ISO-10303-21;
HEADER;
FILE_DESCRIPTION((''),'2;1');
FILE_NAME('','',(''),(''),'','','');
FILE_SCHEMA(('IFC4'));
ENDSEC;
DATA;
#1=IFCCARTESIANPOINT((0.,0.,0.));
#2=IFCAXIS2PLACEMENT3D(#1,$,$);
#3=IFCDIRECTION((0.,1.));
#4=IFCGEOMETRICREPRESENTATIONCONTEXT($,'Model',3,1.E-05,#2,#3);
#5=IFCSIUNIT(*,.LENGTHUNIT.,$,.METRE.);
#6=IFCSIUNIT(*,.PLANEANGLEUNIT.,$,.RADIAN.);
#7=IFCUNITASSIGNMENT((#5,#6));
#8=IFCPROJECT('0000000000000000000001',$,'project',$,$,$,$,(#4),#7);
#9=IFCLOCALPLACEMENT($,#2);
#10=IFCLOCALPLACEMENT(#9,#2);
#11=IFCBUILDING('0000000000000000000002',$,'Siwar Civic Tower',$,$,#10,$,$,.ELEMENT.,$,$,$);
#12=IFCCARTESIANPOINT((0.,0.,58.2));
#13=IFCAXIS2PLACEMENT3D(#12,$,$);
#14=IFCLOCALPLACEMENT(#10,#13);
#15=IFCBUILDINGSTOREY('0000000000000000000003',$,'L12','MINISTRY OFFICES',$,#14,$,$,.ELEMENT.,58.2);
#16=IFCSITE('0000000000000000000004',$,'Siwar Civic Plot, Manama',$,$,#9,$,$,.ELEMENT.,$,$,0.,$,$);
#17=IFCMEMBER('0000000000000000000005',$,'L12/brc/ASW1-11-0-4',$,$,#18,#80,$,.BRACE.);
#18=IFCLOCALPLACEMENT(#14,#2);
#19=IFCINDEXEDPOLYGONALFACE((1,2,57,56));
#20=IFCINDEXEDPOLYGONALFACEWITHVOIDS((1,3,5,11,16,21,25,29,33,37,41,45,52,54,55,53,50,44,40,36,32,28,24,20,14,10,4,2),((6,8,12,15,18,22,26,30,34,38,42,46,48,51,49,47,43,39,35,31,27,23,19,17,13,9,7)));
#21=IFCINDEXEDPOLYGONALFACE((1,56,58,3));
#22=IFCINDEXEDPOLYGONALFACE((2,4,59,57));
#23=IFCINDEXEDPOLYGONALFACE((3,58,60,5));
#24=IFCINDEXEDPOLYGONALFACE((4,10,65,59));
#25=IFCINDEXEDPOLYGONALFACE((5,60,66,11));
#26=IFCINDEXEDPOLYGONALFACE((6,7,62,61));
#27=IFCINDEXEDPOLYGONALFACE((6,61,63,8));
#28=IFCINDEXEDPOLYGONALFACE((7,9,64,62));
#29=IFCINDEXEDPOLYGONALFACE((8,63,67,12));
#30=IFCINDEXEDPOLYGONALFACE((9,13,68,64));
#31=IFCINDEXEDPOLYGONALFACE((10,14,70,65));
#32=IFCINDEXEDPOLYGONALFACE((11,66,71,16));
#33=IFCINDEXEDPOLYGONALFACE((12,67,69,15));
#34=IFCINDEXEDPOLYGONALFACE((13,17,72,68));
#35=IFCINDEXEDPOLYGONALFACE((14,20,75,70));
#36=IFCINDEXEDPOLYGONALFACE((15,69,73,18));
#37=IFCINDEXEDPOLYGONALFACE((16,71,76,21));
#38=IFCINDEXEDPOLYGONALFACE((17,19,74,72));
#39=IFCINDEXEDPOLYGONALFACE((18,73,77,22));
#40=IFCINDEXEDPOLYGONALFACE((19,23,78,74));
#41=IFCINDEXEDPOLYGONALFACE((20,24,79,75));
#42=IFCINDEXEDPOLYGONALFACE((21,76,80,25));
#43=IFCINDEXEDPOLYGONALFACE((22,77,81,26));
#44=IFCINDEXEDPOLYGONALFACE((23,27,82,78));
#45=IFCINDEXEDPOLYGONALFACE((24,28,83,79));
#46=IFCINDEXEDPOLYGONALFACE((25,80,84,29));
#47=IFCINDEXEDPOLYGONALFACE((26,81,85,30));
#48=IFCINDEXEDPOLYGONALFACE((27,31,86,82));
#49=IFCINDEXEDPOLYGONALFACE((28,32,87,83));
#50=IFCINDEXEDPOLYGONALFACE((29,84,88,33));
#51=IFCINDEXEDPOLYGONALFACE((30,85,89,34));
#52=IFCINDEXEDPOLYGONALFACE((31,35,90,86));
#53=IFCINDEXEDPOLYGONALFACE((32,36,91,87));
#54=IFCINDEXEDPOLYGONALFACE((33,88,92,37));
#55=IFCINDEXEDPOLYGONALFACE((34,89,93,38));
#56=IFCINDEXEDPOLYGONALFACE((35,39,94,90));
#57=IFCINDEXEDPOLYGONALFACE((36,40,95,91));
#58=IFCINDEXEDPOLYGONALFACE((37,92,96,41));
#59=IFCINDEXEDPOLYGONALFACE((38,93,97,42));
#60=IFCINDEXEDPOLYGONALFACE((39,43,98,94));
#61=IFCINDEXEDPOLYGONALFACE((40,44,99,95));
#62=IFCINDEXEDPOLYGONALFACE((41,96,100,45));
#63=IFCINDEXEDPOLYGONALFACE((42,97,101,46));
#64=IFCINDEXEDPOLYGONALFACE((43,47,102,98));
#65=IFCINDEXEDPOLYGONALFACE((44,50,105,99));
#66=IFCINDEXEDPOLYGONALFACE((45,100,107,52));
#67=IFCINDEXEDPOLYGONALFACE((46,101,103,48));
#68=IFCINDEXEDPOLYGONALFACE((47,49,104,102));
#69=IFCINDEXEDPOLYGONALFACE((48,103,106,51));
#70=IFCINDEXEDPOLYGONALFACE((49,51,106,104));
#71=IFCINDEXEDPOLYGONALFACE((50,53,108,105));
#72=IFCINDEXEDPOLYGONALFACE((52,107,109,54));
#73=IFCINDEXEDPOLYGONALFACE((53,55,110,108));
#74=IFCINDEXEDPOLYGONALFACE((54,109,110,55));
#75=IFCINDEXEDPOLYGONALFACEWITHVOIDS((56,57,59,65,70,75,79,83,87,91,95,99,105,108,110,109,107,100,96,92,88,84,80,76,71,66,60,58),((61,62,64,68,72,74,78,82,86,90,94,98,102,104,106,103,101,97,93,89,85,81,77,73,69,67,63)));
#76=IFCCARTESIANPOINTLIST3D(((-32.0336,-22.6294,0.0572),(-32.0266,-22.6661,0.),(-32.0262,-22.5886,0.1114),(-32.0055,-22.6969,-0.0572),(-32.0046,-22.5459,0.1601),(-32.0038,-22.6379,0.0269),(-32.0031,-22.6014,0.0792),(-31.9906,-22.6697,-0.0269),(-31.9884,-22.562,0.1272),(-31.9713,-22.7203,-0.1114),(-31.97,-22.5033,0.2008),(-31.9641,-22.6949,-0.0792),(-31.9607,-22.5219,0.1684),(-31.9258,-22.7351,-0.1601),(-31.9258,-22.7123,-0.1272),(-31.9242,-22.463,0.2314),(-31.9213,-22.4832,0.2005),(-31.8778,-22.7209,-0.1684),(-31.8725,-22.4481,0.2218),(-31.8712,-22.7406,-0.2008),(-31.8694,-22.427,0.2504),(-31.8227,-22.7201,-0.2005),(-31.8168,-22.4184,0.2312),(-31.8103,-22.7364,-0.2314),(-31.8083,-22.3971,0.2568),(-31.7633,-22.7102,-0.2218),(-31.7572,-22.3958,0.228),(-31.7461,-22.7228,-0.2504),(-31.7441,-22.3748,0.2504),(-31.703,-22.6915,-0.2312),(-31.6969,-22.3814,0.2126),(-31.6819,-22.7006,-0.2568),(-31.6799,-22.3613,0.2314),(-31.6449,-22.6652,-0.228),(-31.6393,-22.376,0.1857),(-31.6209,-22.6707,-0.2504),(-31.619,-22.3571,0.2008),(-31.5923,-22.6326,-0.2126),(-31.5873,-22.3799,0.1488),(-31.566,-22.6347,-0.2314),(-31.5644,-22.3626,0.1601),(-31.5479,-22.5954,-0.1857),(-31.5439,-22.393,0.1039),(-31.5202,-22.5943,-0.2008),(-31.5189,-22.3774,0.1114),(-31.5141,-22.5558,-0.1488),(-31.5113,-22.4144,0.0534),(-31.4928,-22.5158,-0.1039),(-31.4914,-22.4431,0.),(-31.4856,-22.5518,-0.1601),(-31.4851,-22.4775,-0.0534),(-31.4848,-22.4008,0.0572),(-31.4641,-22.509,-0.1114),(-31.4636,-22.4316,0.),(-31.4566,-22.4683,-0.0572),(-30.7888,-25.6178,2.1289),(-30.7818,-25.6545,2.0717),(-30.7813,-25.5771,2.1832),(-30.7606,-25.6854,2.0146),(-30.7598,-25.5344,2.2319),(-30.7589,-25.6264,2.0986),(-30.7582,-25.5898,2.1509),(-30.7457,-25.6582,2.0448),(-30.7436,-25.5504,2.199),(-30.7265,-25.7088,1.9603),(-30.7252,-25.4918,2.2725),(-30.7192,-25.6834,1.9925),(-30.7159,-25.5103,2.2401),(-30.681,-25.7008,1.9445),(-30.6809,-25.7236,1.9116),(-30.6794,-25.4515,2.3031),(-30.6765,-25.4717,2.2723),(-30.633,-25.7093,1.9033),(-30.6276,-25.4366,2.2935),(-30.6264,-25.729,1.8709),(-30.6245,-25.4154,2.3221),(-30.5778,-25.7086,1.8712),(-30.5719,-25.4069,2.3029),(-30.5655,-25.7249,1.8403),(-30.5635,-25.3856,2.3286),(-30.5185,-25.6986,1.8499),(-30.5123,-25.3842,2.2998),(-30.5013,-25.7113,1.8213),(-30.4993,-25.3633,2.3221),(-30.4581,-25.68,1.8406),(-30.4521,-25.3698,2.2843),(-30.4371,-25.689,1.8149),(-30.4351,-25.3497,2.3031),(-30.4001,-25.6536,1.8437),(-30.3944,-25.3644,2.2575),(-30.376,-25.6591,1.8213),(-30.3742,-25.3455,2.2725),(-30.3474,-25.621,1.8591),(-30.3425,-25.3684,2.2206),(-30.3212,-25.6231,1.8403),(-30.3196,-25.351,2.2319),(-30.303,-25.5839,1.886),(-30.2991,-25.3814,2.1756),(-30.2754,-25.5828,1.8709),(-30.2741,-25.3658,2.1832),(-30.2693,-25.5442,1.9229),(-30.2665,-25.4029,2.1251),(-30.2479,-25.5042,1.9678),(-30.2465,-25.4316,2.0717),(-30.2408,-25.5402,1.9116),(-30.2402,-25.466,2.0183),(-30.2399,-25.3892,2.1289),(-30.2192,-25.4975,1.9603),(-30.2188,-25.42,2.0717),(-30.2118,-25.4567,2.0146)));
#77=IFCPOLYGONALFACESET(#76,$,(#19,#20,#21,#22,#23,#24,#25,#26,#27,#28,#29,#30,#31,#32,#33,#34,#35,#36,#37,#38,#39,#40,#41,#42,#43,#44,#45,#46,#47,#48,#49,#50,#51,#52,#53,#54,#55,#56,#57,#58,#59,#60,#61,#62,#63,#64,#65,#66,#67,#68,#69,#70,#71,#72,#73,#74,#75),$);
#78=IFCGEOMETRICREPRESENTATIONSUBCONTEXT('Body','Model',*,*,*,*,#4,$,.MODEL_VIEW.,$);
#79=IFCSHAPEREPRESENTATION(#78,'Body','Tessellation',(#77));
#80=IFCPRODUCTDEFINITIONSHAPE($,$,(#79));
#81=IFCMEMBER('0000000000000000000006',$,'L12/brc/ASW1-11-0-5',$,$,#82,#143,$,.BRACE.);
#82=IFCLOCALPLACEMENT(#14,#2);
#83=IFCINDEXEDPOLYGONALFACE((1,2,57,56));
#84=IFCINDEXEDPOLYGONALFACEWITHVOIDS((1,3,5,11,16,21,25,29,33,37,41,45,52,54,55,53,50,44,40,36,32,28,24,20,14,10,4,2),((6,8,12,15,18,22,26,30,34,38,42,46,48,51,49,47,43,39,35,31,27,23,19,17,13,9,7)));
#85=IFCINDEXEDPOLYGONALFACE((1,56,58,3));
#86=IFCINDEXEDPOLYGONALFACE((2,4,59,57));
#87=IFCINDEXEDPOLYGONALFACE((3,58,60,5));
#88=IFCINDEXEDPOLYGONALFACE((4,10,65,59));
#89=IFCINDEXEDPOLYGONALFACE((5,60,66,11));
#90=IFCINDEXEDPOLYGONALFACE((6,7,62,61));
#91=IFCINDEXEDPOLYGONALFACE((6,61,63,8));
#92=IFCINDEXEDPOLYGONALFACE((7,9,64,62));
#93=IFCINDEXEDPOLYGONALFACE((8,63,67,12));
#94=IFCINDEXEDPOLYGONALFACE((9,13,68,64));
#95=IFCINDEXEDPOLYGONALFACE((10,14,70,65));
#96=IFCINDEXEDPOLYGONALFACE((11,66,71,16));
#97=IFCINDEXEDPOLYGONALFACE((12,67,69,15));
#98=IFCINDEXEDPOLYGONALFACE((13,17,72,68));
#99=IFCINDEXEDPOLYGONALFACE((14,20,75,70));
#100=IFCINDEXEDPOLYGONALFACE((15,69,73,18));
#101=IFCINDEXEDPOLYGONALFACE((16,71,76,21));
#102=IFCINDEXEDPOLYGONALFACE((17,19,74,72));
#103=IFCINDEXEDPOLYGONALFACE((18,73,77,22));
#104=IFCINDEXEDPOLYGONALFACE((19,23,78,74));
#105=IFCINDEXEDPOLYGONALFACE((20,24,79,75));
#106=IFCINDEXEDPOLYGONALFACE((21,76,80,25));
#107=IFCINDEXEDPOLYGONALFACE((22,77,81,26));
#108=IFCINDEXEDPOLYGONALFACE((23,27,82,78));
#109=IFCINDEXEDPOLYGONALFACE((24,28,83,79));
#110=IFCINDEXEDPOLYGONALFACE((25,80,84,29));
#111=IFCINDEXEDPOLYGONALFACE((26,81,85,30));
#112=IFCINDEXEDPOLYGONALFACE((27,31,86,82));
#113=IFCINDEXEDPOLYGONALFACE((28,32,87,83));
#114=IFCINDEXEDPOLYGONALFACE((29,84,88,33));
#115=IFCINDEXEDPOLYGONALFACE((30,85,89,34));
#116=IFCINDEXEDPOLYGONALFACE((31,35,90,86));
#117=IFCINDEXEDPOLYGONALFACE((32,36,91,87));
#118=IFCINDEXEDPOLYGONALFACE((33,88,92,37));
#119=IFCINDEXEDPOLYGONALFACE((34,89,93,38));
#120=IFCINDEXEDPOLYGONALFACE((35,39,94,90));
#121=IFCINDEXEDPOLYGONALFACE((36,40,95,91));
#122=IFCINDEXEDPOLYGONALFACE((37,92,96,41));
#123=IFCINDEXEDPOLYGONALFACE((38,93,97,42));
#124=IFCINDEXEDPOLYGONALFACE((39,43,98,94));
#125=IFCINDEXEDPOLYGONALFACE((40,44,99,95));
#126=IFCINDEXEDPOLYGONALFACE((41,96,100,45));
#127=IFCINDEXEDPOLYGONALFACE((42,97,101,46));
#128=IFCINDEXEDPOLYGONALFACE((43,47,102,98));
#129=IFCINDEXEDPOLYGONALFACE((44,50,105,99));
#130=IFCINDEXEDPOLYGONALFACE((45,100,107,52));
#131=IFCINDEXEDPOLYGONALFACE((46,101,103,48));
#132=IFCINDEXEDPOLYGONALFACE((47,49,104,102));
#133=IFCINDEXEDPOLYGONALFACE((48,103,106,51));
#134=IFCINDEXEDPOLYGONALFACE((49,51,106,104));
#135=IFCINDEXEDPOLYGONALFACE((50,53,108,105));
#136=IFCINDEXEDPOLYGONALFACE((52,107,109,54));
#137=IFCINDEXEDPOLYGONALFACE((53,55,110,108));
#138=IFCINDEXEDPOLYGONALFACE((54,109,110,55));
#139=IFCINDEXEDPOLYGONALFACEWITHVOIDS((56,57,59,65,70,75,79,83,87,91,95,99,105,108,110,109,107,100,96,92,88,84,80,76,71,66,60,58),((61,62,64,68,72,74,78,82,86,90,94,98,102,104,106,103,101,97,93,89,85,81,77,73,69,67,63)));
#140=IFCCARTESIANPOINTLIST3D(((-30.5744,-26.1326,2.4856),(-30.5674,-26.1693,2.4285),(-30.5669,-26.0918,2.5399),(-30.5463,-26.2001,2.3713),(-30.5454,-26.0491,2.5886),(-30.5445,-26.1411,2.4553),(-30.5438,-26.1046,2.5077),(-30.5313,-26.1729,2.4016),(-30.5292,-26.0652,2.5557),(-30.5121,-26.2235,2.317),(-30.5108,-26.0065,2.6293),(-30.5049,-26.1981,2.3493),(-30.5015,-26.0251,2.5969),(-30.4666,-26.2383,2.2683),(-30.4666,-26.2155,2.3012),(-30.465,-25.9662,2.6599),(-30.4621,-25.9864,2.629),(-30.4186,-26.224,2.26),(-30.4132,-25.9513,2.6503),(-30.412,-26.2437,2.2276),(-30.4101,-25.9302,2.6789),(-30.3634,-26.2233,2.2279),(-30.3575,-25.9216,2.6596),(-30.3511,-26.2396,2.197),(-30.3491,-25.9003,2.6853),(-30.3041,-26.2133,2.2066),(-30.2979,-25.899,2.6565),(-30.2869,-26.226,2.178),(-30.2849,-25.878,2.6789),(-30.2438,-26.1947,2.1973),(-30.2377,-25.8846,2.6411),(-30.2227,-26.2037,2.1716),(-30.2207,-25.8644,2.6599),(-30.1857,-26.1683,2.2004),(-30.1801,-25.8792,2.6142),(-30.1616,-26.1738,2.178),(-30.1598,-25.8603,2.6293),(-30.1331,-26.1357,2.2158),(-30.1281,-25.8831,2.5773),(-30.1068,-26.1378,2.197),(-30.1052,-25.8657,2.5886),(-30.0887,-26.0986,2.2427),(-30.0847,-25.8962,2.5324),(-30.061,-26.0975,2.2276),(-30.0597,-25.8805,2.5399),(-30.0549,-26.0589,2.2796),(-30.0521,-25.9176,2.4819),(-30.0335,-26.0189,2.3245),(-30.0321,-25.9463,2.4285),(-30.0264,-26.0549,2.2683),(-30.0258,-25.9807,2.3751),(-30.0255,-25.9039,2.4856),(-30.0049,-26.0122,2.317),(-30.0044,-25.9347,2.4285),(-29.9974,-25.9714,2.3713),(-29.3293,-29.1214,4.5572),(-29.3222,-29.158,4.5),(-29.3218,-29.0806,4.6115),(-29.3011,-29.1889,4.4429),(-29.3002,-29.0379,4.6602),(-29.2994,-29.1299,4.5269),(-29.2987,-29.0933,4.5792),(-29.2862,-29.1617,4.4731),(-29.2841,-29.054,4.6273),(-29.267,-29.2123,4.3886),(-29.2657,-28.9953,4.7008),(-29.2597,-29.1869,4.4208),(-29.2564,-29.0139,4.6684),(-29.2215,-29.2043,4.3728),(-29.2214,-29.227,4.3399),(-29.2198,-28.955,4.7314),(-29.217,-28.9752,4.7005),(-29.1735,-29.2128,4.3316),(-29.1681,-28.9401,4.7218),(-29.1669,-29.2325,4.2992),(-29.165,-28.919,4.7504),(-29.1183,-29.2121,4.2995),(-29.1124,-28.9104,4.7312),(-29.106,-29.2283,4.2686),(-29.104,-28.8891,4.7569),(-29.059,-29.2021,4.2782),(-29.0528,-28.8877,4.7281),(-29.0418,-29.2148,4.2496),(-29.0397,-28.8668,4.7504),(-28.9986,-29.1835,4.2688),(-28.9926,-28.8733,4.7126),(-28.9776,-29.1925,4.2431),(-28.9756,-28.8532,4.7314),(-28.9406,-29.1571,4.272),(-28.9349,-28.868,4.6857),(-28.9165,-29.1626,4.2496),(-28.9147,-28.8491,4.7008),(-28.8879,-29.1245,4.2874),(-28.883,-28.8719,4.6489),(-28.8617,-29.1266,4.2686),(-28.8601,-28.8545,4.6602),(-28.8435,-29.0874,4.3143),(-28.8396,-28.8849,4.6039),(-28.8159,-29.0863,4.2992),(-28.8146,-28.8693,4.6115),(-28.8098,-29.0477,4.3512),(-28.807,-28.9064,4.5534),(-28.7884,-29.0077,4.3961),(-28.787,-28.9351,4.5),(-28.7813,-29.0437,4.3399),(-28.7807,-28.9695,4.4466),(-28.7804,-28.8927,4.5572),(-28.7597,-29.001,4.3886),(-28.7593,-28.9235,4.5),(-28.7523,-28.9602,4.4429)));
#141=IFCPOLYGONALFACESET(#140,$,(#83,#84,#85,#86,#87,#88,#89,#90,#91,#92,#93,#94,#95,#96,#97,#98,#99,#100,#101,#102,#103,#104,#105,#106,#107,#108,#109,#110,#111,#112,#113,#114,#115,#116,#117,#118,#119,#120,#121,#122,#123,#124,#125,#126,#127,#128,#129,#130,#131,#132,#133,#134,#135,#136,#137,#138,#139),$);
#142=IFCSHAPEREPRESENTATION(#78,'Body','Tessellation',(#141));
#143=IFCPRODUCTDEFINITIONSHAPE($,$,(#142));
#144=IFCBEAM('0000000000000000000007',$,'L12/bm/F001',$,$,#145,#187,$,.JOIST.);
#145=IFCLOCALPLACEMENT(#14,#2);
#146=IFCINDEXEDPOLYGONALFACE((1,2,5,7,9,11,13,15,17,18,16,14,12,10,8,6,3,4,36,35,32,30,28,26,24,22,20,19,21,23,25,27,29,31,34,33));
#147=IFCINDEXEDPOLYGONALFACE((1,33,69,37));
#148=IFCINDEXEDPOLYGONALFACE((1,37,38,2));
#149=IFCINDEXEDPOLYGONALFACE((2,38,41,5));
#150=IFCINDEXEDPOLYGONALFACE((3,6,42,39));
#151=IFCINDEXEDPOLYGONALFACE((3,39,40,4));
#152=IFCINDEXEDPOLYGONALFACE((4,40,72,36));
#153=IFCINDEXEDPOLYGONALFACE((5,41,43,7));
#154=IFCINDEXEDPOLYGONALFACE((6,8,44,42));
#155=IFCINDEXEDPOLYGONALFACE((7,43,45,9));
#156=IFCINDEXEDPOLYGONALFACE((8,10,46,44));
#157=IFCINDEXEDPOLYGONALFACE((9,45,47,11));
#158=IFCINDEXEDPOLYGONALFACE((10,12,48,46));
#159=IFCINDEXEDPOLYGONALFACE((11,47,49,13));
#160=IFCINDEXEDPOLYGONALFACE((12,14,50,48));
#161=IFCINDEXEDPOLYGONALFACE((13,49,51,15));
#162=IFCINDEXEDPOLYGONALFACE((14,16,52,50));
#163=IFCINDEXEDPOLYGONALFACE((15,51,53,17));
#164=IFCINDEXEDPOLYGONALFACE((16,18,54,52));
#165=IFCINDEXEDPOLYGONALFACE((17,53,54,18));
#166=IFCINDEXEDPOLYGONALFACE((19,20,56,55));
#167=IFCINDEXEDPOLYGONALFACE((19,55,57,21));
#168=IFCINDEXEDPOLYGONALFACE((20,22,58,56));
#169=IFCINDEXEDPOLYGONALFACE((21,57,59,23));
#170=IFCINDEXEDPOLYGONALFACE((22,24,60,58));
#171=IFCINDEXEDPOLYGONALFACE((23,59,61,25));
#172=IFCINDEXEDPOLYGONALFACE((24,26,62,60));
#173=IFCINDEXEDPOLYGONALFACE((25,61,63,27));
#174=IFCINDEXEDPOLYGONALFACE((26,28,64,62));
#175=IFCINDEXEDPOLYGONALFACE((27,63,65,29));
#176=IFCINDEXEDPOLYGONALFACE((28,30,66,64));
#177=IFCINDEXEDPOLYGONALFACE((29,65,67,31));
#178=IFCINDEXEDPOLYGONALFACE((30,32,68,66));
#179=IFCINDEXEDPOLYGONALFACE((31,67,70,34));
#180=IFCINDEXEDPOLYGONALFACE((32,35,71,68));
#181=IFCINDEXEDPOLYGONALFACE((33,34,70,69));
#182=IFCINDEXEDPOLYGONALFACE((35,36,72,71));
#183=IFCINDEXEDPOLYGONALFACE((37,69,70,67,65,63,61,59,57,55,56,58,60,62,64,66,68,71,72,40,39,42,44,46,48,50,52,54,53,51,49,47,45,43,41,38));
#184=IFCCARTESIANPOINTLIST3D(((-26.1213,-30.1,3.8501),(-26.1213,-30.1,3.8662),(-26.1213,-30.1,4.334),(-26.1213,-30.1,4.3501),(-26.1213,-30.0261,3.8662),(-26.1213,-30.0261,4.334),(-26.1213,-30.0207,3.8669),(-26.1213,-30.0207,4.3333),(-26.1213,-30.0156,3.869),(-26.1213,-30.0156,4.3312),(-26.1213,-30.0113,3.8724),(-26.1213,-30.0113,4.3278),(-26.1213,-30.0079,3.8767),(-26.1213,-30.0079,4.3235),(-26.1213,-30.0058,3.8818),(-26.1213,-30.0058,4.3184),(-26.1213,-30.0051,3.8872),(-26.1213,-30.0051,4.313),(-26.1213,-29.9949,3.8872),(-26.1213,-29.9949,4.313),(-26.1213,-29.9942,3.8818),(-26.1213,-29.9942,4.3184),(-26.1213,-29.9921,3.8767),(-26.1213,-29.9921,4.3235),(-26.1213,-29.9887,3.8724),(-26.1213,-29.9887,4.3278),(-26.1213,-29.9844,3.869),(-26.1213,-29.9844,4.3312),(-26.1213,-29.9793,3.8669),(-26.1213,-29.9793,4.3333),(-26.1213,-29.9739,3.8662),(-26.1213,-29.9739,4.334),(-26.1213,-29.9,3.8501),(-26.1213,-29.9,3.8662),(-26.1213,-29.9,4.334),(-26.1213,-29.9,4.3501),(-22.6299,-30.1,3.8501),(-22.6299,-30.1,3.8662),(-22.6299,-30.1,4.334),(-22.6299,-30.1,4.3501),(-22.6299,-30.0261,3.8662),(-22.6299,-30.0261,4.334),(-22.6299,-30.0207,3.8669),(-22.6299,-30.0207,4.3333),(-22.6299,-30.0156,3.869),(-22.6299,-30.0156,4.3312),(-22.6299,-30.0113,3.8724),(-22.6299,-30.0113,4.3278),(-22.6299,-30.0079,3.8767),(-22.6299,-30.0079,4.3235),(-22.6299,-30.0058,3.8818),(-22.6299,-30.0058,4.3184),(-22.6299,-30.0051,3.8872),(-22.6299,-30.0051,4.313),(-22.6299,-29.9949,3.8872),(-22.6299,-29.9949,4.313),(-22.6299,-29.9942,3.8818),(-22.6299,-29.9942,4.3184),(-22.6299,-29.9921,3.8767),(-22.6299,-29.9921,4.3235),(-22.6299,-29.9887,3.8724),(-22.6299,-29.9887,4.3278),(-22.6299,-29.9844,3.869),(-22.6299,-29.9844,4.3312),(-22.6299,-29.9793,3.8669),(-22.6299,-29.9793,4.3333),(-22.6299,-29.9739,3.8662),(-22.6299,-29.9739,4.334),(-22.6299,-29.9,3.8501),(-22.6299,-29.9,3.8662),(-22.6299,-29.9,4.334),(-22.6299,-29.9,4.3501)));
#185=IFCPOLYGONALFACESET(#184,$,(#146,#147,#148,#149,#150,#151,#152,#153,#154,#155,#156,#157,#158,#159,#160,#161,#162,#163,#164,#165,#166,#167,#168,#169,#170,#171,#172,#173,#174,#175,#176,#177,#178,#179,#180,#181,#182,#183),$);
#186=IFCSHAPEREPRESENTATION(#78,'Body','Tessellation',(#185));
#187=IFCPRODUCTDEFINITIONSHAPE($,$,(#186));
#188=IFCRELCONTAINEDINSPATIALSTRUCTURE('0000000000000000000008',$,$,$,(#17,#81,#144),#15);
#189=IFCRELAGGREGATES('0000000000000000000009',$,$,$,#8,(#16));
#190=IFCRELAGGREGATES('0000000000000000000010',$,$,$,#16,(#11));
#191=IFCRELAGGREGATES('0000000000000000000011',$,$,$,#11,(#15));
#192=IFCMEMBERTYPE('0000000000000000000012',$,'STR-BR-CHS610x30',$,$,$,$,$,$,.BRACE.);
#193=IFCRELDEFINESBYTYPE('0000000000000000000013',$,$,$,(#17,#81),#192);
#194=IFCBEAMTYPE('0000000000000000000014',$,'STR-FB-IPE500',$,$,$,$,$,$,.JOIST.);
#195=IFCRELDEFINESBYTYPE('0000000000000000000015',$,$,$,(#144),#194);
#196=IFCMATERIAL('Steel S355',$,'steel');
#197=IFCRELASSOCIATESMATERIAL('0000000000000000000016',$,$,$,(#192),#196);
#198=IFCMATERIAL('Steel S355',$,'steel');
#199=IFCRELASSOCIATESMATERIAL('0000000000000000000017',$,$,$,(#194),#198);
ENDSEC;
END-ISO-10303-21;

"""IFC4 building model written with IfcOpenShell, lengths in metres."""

from ifc_helpers import new_model, si_unit, direction, frame, origin, origin_2d, place, context, subcontext, project, spatial, hollow_circle, i_section, extrude, material, material_profile, profile_set, type_object, element, save


model = new_model("IFC4")

# Units and contexts
model_context = context("Model", 3, precision=1e-05, world=origin(), true_north=direction((0.0, 1.0)))
body_context = subcontext(model_context, "Body", "Model", "MODEL_VIEW")
ifc_project = project(units=[si_unit("LENGTHUNIT", "METRE"), si_unit("PLANEANGLEUNIT", "RADIAN")], contexts=[model_context])

# Site, building, storey
site_placement = place(None, origin())
site = spatial("IfcSite", under=ifc_project, at=site_placement, Name="Siwar Civic Plot, Manama", CompositionType="ELEMENT", RefElevation=0.0)
building_placement = place(site_placement, origin())
building = spatial("IfcBuilding", under=site, at=building_placement, Name="Siwar Civic Tower", CompositionType="ELEMENT")
storey_placement = place(building_placement, frame((0.0, 0.0, 58.2)))
storey = spatial("IfcBuildingStorey", under=building, at=storey_placement, Name="L12", Description="MINISTRY OFFICES", CompositionType="ELEMENT", Elevation=58.2)

# Members
ifc_material_1 = material(Name="Steel S355", Category="steel")
ifc_material_profile_1 = material_profile(ifc_material_1, hollow_circle(Radius=0.3049, WallThickness=0.03, at=origin_2d()), Name="CHS610x30")
ifc_profile_set_1 = profile_set([ifc_material_profile_1], Name="Steel S355")
member_type_1 = type_object("IfcMemberType", Name="STR-BR-CHS610x30", PredefinedType="BRACE", material=ifc_profile_set_1)
member_1_placement = place(storey_placement, frame((-31.7451, -22.5488, 0.0), z_axis=(0.323882, -0.777533, 0.53902), x_axis=(0.923115, 0.384524, 0.0)))
element("IfcMember", 1, at=member_1_placement, inside=storey, type_object=member_type_1, Name="L12/brc/ASW1-11-0-4", PredefinedType="BRACE", context=body_context, shape_type="SweptSolid", body=[
    extrude(hollow_circle(Radius=0.3049, WallThickness=0.03, at=origin_2d()), origin(), (0.0, 0.0, 1.0), 3.8435),
])
member_2_placement = place(storey_placement, frame((-30.2859, -26.052, 2.4285), z_axis=(0.323934, -0.777569, 0.538937), x_axis=(0.923099, 0.384562, 0.0)))
element("IfcMember", 2, at=member_2_placement, inside=storey, type_object=member_type_1, Name="L12/brc/ASW1-11-0-5", PredefinedType="BRACE", context=body_context, shape_type="SweptSolid", body=[
    extrude(hollow_circle(Radius=0.3049, WallThickness=0.03, at=origin_2d()), origin(), (0.0, 0.0, 1.0), 3.8438),
])

# Beam
ifc_material_2 = material(Name="Steel S355", Category="steel")
ifc_material_profile_2 = material_profile(ifc_material_2, i_section(OverallWidth=0.2, OverallDepth=0.5, WebThickness=0.0103, FlangeThickness=0.0161, FilletRadius=0.021, at=origin_2d()), Name="IPE500")
ifc_profile_set_2 = profile_set([ifc_material_profile_2], Name="Steel S355")
beam_type_1 = type_object("IfcBeamType", Name="STR-FB-IPE500", PredefinedType="JOIST", material=ifc_profile_set_2)
beam_1_placement = place(storey_placement, frame((-26.1213, -30.0, 4.1001), z_axis=(1.0, 0.0, 0.0), x_axis=(0.0, 1.0, 0.0)))
element("IfcBeam", 3, at=beam_1_placement, inside=storey, type_object=beam_type_1, Name="L12/bm/F001", PredefinedType="JOIST", context=body_context, shape_type="SweptSolid", body=[
    extrude(i_section(OverallWidth=0.2, OverallDepth=0.5, WebThickness=0.0103, FlangeThickness=0.0161, FilletRadius=0.021, at=origin_2d()), origin(), (0.0, 0.0, 1.0), 3.4915),
])

save(model, "model.ifc")
